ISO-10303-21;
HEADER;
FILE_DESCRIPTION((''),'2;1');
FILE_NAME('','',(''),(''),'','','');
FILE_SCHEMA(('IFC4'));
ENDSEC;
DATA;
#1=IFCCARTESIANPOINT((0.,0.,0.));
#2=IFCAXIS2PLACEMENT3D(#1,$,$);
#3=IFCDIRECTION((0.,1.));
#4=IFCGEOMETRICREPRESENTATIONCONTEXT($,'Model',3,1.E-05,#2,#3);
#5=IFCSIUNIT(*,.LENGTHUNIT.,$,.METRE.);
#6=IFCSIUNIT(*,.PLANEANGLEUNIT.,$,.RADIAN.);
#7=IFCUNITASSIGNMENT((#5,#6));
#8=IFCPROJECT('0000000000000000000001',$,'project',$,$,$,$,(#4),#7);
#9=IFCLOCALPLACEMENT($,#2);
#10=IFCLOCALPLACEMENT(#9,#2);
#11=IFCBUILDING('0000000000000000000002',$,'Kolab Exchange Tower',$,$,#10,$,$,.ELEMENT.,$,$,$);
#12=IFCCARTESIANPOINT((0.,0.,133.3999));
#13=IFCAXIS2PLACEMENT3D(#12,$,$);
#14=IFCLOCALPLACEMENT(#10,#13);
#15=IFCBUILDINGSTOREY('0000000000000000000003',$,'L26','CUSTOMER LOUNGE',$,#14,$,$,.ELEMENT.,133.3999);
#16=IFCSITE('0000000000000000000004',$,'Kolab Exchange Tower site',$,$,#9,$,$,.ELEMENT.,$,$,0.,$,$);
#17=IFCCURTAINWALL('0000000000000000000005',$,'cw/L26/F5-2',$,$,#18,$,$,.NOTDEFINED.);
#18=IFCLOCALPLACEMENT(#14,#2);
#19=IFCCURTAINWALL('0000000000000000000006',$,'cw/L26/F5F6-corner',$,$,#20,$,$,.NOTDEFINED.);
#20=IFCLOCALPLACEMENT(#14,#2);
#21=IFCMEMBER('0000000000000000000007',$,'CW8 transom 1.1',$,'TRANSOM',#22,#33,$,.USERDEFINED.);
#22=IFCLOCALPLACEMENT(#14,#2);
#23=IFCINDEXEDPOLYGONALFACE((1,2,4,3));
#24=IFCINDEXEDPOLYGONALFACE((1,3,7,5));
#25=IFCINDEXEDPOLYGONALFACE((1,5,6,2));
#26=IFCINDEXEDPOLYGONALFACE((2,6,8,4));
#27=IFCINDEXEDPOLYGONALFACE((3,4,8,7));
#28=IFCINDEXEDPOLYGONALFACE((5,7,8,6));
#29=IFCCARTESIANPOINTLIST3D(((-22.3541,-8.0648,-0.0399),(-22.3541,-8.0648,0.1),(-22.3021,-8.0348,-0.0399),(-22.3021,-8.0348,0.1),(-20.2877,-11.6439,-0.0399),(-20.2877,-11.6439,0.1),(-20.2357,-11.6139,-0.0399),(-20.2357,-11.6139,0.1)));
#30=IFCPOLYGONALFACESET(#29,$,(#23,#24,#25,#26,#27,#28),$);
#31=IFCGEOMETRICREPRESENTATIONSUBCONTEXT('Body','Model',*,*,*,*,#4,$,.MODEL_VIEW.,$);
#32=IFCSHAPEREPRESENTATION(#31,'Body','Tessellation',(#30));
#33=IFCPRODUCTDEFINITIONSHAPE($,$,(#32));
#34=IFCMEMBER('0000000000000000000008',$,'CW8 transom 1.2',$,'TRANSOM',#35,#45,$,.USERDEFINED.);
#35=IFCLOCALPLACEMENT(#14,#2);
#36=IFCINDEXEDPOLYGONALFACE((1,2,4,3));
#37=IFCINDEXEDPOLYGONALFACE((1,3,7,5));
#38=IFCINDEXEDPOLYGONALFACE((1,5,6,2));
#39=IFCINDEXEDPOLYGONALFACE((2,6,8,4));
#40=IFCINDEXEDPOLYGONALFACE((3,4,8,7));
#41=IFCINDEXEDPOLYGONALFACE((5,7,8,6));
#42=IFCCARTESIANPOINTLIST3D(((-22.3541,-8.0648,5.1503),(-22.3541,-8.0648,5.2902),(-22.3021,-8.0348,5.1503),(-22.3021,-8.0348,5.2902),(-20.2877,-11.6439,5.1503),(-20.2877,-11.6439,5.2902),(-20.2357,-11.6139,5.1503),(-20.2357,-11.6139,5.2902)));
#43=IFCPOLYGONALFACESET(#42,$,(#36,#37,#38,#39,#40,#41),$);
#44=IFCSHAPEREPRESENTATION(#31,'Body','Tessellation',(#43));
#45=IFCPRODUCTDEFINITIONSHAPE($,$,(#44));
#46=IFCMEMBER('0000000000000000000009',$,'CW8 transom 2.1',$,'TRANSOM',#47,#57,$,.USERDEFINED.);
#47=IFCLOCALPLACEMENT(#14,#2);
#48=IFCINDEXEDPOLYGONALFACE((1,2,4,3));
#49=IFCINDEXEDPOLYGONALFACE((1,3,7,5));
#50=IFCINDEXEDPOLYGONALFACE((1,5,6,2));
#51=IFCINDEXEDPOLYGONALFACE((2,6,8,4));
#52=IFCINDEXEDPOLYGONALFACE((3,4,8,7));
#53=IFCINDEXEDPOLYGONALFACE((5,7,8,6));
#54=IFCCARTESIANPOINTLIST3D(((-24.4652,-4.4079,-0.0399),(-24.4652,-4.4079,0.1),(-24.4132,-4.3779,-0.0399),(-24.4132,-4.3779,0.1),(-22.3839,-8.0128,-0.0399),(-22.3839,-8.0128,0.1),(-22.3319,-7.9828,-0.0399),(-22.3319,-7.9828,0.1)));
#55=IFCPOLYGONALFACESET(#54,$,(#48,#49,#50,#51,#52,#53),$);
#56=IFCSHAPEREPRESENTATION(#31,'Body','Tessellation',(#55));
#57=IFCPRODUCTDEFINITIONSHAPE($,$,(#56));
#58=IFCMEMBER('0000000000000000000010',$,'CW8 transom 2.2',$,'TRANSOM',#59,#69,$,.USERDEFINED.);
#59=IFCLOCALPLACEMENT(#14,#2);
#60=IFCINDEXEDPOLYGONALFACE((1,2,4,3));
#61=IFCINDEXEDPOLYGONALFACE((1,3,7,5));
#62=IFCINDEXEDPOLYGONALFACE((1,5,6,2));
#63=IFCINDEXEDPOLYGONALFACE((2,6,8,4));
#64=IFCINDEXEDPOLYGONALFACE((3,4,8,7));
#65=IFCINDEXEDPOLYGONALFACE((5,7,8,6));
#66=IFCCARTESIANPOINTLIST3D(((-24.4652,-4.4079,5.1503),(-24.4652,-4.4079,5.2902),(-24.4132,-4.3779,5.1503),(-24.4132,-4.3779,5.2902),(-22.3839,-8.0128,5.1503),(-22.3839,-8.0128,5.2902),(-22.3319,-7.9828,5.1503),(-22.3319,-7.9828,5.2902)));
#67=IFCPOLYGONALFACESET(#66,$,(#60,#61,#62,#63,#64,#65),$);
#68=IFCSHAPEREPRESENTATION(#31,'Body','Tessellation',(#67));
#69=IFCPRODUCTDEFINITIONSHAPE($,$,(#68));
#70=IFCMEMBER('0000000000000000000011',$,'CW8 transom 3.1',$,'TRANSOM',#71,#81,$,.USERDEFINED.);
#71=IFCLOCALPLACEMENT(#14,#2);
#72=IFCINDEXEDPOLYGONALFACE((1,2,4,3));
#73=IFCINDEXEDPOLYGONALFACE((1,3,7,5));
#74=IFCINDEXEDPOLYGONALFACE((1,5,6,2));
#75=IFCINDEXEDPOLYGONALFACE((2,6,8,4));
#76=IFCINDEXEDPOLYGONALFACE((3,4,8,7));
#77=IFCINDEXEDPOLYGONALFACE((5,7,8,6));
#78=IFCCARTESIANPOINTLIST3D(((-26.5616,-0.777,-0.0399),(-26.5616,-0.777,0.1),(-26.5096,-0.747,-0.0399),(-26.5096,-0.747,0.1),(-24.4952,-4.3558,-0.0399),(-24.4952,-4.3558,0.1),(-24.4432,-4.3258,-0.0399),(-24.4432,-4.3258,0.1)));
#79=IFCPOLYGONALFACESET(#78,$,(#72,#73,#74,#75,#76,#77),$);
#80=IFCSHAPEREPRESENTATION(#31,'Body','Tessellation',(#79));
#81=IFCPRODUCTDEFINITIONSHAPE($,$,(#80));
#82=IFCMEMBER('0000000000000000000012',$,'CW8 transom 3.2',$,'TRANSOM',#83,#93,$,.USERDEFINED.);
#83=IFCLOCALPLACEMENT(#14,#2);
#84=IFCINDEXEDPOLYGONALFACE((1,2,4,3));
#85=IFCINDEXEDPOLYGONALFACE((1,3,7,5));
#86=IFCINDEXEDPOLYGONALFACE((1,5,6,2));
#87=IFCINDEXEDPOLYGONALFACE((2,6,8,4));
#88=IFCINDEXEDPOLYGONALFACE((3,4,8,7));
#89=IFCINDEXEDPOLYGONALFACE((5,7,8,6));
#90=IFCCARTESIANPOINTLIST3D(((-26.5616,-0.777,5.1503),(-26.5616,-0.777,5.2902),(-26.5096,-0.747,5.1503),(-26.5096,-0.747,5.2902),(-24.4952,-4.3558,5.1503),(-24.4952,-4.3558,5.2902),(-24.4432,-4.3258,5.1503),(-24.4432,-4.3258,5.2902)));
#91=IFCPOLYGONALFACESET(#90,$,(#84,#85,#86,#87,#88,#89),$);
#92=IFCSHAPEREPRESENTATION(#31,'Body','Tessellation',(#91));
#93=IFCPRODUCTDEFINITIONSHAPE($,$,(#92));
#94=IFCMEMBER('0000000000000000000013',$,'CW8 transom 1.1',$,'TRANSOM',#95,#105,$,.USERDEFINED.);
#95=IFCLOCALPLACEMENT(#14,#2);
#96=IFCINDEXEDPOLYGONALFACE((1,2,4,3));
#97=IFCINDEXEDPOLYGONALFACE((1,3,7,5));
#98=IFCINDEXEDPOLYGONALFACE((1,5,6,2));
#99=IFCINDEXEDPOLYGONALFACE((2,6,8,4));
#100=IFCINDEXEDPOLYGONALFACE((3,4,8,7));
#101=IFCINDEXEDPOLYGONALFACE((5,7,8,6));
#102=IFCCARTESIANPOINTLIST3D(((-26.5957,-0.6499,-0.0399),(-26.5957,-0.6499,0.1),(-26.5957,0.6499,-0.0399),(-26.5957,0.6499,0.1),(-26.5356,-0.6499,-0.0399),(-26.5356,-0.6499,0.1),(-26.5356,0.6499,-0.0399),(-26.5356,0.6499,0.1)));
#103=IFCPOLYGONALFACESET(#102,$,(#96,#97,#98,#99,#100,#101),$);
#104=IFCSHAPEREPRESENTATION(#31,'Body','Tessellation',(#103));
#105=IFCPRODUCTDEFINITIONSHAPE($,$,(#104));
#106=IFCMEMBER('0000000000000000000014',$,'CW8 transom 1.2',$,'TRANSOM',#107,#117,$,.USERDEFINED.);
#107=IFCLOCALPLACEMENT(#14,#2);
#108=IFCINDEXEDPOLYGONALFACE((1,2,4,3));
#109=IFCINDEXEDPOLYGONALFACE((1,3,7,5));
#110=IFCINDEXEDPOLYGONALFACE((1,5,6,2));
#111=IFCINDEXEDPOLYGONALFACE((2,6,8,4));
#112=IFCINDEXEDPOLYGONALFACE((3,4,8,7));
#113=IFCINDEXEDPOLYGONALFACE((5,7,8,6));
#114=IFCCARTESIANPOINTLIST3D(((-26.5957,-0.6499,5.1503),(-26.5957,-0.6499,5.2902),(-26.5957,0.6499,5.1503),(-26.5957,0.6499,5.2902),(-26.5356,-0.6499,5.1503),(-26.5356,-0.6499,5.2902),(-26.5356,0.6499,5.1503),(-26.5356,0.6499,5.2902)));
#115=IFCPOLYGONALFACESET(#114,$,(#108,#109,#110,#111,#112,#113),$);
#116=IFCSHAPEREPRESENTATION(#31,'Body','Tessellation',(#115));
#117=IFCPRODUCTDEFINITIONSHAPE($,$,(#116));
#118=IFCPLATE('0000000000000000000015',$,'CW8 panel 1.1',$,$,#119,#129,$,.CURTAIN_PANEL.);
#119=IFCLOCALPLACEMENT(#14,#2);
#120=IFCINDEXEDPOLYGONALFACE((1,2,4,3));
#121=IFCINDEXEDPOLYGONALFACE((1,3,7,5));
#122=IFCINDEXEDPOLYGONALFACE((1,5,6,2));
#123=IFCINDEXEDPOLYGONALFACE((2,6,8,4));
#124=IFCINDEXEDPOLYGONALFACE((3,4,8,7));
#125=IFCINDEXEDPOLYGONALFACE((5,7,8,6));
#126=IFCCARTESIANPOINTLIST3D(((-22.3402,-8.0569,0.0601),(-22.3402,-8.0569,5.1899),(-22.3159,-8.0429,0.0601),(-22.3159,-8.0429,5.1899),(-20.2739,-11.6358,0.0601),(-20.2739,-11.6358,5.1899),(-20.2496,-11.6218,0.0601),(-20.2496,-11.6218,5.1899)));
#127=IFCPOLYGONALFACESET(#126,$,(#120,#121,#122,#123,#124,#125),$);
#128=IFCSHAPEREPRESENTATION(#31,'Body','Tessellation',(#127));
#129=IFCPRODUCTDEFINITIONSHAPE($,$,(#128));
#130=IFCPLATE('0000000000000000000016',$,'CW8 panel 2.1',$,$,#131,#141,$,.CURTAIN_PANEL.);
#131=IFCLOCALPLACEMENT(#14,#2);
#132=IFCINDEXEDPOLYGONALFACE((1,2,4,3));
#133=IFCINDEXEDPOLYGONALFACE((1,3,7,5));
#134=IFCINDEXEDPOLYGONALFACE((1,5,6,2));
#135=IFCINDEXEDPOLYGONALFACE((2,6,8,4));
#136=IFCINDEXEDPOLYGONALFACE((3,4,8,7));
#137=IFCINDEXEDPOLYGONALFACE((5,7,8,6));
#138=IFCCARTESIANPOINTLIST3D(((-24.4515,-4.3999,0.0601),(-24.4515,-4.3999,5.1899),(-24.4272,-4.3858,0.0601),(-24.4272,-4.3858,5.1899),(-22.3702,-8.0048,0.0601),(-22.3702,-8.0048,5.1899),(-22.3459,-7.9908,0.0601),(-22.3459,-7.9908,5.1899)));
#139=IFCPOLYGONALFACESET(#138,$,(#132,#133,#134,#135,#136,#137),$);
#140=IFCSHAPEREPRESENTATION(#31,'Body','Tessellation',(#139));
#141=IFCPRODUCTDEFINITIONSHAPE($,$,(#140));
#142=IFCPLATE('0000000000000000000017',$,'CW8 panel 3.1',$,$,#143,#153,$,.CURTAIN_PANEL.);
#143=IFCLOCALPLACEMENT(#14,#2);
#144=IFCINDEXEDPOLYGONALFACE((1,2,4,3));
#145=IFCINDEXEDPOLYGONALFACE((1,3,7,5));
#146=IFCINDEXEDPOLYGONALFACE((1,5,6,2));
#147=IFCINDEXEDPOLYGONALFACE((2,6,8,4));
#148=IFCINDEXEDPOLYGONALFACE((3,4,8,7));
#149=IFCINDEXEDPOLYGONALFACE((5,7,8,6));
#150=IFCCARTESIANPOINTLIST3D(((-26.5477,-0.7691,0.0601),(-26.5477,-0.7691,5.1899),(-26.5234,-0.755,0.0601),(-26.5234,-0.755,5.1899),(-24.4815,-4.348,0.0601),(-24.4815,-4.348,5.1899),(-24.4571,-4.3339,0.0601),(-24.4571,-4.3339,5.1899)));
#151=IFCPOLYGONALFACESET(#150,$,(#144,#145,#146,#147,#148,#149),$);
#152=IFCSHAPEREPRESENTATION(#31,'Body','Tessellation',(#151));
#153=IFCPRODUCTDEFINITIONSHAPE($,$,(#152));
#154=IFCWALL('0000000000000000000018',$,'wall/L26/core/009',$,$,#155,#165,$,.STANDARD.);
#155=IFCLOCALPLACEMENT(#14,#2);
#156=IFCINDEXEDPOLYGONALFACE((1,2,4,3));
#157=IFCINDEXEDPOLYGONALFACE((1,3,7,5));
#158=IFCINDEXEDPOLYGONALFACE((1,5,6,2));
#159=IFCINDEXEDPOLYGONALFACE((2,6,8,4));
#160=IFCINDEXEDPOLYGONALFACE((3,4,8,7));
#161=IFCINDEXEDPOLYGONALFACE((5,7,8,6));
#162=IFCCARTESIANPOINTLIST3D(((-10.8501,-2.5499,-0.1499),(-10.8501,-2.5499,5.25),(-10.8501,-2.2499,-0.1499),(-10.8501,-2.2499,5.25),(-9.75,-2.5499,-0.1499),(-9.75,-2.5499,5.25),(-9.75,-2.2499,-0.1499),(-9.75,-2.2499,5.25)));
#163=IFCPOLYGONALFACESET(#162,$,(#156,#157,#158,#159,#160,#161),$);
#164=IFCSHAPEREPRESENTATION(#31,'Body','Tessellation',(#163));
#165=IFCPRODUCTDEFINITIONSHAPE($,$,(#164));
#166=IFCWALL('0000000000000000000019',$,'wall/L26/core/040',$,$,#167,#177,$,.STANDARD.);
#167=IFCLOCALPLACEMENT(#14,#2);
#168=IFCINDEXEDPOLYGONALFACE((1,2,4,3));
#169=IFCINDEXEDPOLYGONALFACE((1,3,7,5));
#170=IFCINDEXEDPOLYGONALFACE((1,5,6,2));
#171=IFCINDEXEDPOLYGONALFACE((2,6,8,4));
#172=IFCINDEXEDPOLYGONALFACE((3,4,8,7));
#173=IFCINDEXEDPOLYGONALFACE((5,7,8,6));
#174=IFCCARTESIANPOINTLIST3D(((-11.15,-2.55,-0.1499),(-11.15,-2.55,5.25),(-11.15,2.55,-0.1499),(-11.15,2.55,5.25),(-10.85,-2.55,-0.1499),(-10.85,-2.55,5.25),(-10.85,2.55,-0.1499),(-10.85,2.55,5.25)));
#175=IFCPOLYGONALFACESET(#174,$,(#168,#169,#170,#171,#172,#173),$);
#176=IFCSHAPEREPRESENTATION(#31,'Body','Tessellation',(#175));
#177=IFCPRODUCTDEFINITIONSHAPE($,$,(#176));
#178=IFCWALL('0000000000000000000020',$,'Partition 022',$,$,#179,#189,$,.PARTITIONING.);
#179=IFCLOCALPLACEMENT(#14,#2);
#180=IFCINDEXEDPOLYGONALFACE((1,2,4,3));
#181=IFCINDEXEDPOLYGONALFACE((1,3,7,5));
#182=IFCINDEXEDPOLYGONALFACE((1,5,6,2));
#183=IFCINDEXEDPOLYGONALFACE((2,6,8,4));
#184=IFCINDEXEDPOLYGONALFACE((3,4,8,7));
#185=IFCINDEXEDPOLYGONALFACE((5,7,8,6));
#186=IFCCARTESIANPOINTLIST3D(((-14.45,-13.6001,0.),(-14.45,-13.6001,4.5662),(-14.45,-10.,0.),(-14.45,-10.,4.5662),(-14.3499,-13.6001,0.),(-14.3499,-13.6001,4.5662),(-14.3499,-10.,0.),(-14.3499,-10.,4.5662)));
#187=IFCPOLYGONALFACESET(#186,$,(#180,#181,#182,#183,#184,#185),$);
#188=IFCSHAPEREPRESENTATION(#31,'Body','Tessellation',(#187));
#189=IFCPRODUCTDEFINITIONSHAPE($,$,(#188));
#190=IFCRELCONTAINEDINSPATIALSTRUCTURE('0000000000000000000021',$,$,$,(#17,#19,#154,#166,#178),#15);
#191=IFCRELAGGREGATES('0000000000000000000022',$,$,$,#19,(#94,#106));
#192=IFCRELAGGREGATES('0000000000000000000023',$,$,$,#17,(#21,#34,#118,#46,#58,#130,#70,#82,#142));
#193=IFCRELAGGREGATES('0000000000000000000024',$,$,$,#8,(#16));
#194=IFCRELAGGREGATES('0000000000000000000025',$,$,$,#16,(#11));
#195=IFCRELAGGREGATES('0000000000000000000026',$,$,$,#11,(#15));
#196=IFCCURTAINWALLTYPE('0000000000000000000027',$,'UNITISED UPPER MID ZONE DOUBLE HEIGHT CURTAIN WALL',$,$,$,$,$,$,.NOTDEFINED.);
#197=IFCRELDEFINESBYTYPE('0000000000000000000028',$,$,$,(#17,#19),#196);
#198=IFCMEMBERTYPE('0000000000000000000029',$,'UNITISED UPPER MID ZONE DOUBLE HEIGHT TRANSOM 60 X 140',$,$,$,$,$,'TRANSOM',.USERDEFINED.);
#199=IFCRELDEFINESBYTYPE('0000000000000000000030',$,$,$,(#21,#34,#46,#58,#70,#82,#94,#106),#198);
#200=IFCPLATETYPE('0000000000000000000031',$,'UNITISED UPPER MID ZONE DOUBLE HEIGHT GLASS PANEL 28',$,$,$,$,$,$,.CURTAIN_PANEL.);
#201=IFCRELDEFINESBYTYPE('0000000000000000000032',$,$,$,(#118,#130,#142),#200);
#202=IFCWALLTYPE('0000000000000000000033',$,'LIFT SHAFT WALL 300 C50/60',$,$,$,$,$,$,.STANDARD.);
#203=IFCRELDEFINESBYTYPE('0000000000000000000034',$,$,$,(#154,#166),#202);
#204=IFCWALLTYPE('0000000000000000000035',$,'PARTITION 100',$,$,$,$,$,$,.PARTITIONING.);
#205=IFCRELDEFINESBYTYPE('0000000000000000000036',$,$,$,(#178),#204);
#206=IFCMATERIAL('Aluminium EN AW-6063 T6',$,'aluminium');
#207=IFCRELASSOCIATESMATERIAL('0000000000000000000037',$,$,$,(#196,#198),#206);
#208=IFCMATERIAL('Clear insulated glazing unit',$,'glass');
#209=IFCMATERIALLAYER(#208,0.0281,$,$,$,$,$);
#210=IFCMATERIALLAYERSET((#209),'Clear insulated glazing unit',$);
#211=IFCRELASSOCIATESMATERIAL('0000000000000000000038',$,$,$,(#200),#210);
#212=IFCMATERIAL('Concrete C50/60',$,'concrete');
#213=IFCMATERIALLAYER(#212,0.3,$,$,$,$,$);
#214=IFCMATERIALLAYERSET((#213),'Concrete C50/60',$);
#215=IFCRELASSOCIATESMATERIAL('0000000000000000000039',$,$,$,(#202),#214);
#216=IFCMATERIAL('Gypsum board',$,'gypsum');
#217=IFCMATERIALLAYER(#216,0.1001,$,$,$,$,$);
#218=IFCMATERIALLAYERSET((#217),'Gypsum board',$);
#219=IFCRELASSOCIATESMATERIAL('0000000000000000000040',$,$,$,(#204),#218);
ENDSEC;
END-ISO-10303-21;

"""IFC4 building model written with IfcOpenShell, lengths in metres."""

from ifc_helpers import new_model, si_unit, direction, frame, frame_2d, origin, origin_2d, place, context, subcontext, project, spatial, rectangle, extrude, material, layer, layer_set, material_profile, profile_set, type_object, element, aggregate, save


model = new_model("IFC4")

# Units and contexts
model_context = context("Model", 3, precision=1e-05, world=origin(), true_north=direction((0.0, 1.0)))
body_context = subcontext(model_context, "Body", "Model", "MODEL_VIEW")
ifc_project = project(units=[si_unit("LENGTHUNIT", "METRE"), si_unit("PLANEANGLEUNIT", "RADIAN")], contexts=[model_context])

# Site, building, storey
site_placement = place(None, origin())
site = spatial("IfcSite", under=ifc_project, at=site_placement, Name="Kolab Exchange Tower site", CompositionType="ELEMENT", RefElevation=0.0)
building_placement = place(site_placement, origin())
building = spatial("IfcBuilding", under=site, at=building_placement, Name="Kolab Exchange Tower", CompositionType="ELEMENT")
storey_placement = place(building_placement, frame((0.0, 0.0, 133.3999)))
storey = spatial("IfcBuildingStorey", under=building, at=storey_placement, Name="L26", Description="CUSTOMER LOUNGE", CompositionType="ELEMENT", Elevation=133.3999)

# Curtain wall
ifc_material_1 = material(Name="Aluminium EN AW-6063 T6", Category="aluminium")
curtain_wall_type = type_object("IfcCurtainWallType", Name="UNITISED UPPER MID ZONE DOUBLE HEIGHT CURTAIN WALL", PredefinedType="NOTDEFINED", material=ifc_material_1)
curtain_wall_1_placement = place(storey_placement, origin())
curtain_wall_1 = element("IfcCurtainWall", 1, at=curtain_wall_1_placement, inside=storey, type_object=curtain_wall_type, Name="cw/L26/F5-2", PredefinedType="NOTDEFINED")

# Curtain wall
curtain_wall_2_placement = place(storey_placement, origin())
curtain_wall_2 = element("IfcCurtainWall", 2, at=curtain_wall_2_placement, inside=storey, type_object=curtain_wall_type, Name="cw/L26/F5F6-corner", PredefinedType="NOTDEFINED")

# Members
ifc_material_profile_1 = material_profile(ifc_material_1, rectangle(XDim=0.0601, YDim=0.1399, at=origin_2d()), Name="RECT 60X140")
ifc_profile_set_1 = profile_set([ifc_material_profile_1], Name="Aluminium EN AW-6063 T6")
member_type_1 = type_object("IfcMemberType", Name="UNITISED UPPER MID ZONE DOUBLE HEIGHT TRANSOM 60 X 140", ElementType="TRANSOM", PredefinedType="USERDEFINED", material=ifc_profile_set_1)
member_1_placement = place(storey_placement, frame((-20.2617, -11.6289, 0.03), z_axis=(-0.500002, 0.866024, 0.0), x_axis=(-0.866024, -0.500002, 0.0)))
member_1 = element("IfcMember", 3, at=member_1_placement, type_object=member_type_1, Name="CW8 transom 1.1", ObjectType="TRANSOM", PredefinedType="USERDEFINED", context=body_context, shape_type="SweptSolid", body=[
    extrude(rectangle(XDim=0.0601, YDim=0.1399, at=origin_2d()), origin(), (0.0, 0.0, 1.0), 4.1328),
])
member_2_placement = place(storey_placement, frame((-20.2617, -11.6289, 5.2202), z_axis=(-0.500002, 0.866024, 0.0), x_axis=(-0.866024, -0.500002, 0.0)))
member_2 = element("IfcMember", 4, at=member_2_placement, type_object=member_type_1, Name="CW8 transom 1.2", ObjectType="TRANSOM", PredefinedType="USERDEFINED", context=body_context, shape_type="SweptSolid", body=[
    extrude(rectangle(XDim=0.0601, YDim=0.1399, at=origin_2d()), origin(), (0.0, 0.0, 1.0), 4.1328),
])
member_3_placement = place(storey_placement, frame((-22.3579, -7.9978, 0.03), z_axis=(-0.499993, 0.866029, 0.0), x_axis=(-0.866029, -0.499993, 0.0)))
member_3 = element("IfcMember", 5, at=member_3_placement, type_object=member_type_1, Name="CW8 transom 2.1", ObjectType="TRANSOM", PredefinedType="USERDEFINED", context=body_context, shape_type="SweptSolid", body=[
    extrude(rectangle(XDim=0.0601, YDim=0.1399, at=origin_2d()), origin(), (0.0, 0.0, 1.0), 4.1626),
])
member_4_placement = place(storey_placement, frame((-22.3579, -7.9978, 5.2202), z_axis=(-0.499993, 0.866029, 0.0), x_axis=(-0.866029, -0.499993, 0.0)))
member_4 = element("IfcMember", 6, at=member_4_placement, type_object=member_type_1, Name="CW8 transom 2.2", ObjectType="TRANSOM", PredefinedType="USERDEFINED", context=body_context, shape_type="SweptSolid", body=[
    extrude(rectangle(XDim=0.0601, YDim=0.1399, at=origin_2d()), origin(), (0.0, 0.0, 1.0), 4.1626),
])
member_5_placement = place(storey_placement, frame((-24.4692, -4.3408, 0.03), z_axis=(-0.500028, 0.866009, 0.0), x_axis=(-0.866009, -0.500028, 0.0)))
member_5 = element("IfcMember", 7, at=member_5_placement, type_object=member_type_1, Name="CW8 transom 3.1", ObjectType="TRANSOM", PredefinedType="USERDEFINED", context=body_context, shape_type="SweptSolid", body=[
    extrude(rectangle(XDim=0.0601, YDim=0.1399, at=origin_2d()), origin(), (0.0, 0.0, 1.0), 4.1326),
])
member_6_placement = place(storey_placement, frame((-24.4692, -4.3408, 5.2202), z_axis=(-0.500028, 0.866009, 0.0), x_axis=(-0.866009, -0.500028, 0.0)))
member_6 = element("IfcMember", 8, at=member_6_placement, type_object=member_type_1, Name="CW8 transom 3.2", ObjectType="TRANSOM", PredefinedType="USERDEFINED", context=body_context, shape_type="SweptSolid", body=[
    extrude(rectangle(XDim=0.0601, YDim=0.1399, at=origin_2d()), origin(), (0.0, 0.0, 1.0), 4.1326),
])
member_7_placement = place(storey_placement, frame((-26.5657, -0.6499, 0.03), z_axis=(0.0, 1.0, 0.0), x_axis=(-1.0, 0.0, 0.0)))
member_7 = element("IfcMember", 9, at=member_7_placement, type_object=member_type_1, Name="CW8 transom 1.1", ObjectType="TRANSOM", PredefinedType="USERDEFINED", context=body_context, shape_type="SweptSolid", body=[
    extrude(rectangle(XDim=0.0601, YDim=0.1399, at=origin_2d()), origin(), (0.0, 0.0, 1.0), 1.2998),
])
member_8_placement = place(storey_placement, frame((-26.5657, -0.6499, 5.2202), z_axis=(0.0, 1.0, 0.0), x_axis=(-1.0, 0.0, 0.0)))
member_8 = element("IfcMember", 10, at=member_8_placement, type_object=member_type_1, Name="CW8 transom 1.2", ObjectType="TRANSOM", PredefinedType="USERDEFINED", context=body_context, shape_type="SweptSolid", body=[
    extrude(rectangle(XDim=0.0601, YDim=0.1399, at=origin_2d()), origin(), (0.0, 0.0, 1.0), 1.2998),
])
aggregate(curtain_wall_2, [member_7, member_8])

# Plates
ifc_material_2 = material(Name="Clear insulated glazing unit", Category="glass")
ifc_layer_1 = layer(ifc_material_2, 0.0281)
ifc_layer_set_1 = layer_set([ifc_layer_1], Name="Clear insulated glazing unit")
plate_type = type_object("IfcPlateType", Name="UNITISED UPPER MID ZONE DOUBLE HEIGHT GLASS PANEL 28", PredefinedType="CURTAIN_PANEL", material=ifc_layer_set_1)
plate_1_placement = place(storey_placement, frame((-21.2949, -9.8394, 0.0601), z_axis=(0.0, 0.0, 1.0), x_axis=(-0.5, 0.866025, 0.0)))
plate_1 = element("IfcPlate", 11, at=plate_1_placement, type_object=plate_type, Name="CW8 panel 1.1", PredefinedType="CURTAIN_PANEL", context=body_context, shape_type="SweptSolid", body=[
    extrude(rectangle(XDim=4.1326, YDim=0.0281, at=origin_2d()), origin(), (0.0, 0.0, 1.0), 5.1299),
])
plate_2_placement = place(storey_placement, frame((-23.3987, -6.1953, 0.0601), z_axis=(0.0, 0.0, 1.0), x_axis=(-0.5, 0.866025, 0.0)))
plate_2 = element("IfcPlate", 12, at=plate_2_placement, type_object=plate_type, Name="CW8 panel 2.1", PredefinedType="CURTAIN_PANEL", context=body_context, shape_type="SweptSolid", body=[
    extrude(rectangle(XDim=4.1626, YDim=0.0281, at=origin_2d()), origin(), (0.0, 0.0, 1.0), 5.1299),
])
plate_3_placement = place(storey_placement, frame((-25.5024, -2.5515, 0.0601), z_axis=(0.0, 0.0, 1.0), x_axis=(-0.5, 0.866025, 0.0)))
plate_3 = element("IfcPlate", 13, at=plate_3_placement, type_object=plate_type, Name="CW8 panel 3.1", PredefinedType="CURTAIN_PANEL", context=body_context, shape_type="SweptSolid", body=[
    extrude(rectangle(XDim=4.1326, YDim=0.0281, at=origin_2d()), origin(), (0.0, 0.0, 1.0), 5.1299),
])
aggregate(curtain_wall_1, [member_1, member_2, plate_1, member_3, member_4, plate_2, member_5, member_6, plate_3])

# Walls
ifc_material_3 = material(Name="Concrete C50/60", Category="concrete")
ifc_layer_2 = layer(ifc_material_3, 0.3)
ifc_layer_set_2 = layer_set([ifc_layer_2], Name="Concrete C50/60")
wall_type_1 = type_object("IfcWallType", Name="LIFT SHAFT WALL 300 C50/60", PredefinedType="STANDARD", material=ifc_layer_set_2)
wall_1_placement = place(storey_placement, frame((-10.8501, -2.3999, -0.1499), z_axis=(0.0, 0.0, 1.0), x_axis=(1.0, 0.0, 0.0)))
element("IfcWall", 14, at=wall_1_placement, inside=storey, type_object=wall_type_1, Name="wall/L26/core/009", PredefinedType="STANDARD", context=body_context, shape_type="SweptSolid", body=[
    extrude(rectangle(XDim=1.1001, YDim=0.3, at=frame_2d((0.55, 0.0))), origin(), (0.0, 0.0, 1.0), 5.3999),
])
wall_2_placement = place(storey_placement, frame((-11.0, -2.55, -0.1499), z_axis=(0.0, 0.0, 1.0), x_axis=(0.0, 1.0, 0.0)))
element("IfcWall", 15, at=wall_2_placement, inside=storey, type_object=wall_type_1, Name="wall/L26/core/040", PredefinedType="STANDARD", context=body_context, shape_type="SweptSolid", body=[
    extrude(rectangle(XDim=5.1001, YDim=0.3, at=frame_2d((2.55, 0.0))), origin(), (0.0, 0.0, 1.0), 5.3999),
])
ifc_material_4 = material(Name="Gypsum board", Category="gypsum")
ifc_layer_3 = layer(ifc_material_4, 0.1001)
ifc_layer_set_3 = layer_set([ifc_layer_3], Name="Gypsum board")
wall_type_2 = type_object("IfcWallType", Name="PARTITION 100", PredefinedType="PARTITIONING", material=ifc_layer_set_3)
wall_3_placement = place(storey_placement, frame((-14.3999, -13.6001, 0.0), z_axis=(0.0, 0.0, 1.0), x_axis=(0.0, 1.0, 0.0)))
element("IfcWall", 16, at=wall_3_placement, inside=storey, type_object=wall_type_2, Name="Partition 022", PredefinedType="PARTITIONING", context=body_context, shape_type="SweptSolid", body=[
    extrude(rectangle(XDim=3.6001, YDim=0.1001, at=frame_2d((1.8, 0.0))), origin(), (0.0, 0.0, 1.0), 4.5662),
])

save(model, "model.ifc")
